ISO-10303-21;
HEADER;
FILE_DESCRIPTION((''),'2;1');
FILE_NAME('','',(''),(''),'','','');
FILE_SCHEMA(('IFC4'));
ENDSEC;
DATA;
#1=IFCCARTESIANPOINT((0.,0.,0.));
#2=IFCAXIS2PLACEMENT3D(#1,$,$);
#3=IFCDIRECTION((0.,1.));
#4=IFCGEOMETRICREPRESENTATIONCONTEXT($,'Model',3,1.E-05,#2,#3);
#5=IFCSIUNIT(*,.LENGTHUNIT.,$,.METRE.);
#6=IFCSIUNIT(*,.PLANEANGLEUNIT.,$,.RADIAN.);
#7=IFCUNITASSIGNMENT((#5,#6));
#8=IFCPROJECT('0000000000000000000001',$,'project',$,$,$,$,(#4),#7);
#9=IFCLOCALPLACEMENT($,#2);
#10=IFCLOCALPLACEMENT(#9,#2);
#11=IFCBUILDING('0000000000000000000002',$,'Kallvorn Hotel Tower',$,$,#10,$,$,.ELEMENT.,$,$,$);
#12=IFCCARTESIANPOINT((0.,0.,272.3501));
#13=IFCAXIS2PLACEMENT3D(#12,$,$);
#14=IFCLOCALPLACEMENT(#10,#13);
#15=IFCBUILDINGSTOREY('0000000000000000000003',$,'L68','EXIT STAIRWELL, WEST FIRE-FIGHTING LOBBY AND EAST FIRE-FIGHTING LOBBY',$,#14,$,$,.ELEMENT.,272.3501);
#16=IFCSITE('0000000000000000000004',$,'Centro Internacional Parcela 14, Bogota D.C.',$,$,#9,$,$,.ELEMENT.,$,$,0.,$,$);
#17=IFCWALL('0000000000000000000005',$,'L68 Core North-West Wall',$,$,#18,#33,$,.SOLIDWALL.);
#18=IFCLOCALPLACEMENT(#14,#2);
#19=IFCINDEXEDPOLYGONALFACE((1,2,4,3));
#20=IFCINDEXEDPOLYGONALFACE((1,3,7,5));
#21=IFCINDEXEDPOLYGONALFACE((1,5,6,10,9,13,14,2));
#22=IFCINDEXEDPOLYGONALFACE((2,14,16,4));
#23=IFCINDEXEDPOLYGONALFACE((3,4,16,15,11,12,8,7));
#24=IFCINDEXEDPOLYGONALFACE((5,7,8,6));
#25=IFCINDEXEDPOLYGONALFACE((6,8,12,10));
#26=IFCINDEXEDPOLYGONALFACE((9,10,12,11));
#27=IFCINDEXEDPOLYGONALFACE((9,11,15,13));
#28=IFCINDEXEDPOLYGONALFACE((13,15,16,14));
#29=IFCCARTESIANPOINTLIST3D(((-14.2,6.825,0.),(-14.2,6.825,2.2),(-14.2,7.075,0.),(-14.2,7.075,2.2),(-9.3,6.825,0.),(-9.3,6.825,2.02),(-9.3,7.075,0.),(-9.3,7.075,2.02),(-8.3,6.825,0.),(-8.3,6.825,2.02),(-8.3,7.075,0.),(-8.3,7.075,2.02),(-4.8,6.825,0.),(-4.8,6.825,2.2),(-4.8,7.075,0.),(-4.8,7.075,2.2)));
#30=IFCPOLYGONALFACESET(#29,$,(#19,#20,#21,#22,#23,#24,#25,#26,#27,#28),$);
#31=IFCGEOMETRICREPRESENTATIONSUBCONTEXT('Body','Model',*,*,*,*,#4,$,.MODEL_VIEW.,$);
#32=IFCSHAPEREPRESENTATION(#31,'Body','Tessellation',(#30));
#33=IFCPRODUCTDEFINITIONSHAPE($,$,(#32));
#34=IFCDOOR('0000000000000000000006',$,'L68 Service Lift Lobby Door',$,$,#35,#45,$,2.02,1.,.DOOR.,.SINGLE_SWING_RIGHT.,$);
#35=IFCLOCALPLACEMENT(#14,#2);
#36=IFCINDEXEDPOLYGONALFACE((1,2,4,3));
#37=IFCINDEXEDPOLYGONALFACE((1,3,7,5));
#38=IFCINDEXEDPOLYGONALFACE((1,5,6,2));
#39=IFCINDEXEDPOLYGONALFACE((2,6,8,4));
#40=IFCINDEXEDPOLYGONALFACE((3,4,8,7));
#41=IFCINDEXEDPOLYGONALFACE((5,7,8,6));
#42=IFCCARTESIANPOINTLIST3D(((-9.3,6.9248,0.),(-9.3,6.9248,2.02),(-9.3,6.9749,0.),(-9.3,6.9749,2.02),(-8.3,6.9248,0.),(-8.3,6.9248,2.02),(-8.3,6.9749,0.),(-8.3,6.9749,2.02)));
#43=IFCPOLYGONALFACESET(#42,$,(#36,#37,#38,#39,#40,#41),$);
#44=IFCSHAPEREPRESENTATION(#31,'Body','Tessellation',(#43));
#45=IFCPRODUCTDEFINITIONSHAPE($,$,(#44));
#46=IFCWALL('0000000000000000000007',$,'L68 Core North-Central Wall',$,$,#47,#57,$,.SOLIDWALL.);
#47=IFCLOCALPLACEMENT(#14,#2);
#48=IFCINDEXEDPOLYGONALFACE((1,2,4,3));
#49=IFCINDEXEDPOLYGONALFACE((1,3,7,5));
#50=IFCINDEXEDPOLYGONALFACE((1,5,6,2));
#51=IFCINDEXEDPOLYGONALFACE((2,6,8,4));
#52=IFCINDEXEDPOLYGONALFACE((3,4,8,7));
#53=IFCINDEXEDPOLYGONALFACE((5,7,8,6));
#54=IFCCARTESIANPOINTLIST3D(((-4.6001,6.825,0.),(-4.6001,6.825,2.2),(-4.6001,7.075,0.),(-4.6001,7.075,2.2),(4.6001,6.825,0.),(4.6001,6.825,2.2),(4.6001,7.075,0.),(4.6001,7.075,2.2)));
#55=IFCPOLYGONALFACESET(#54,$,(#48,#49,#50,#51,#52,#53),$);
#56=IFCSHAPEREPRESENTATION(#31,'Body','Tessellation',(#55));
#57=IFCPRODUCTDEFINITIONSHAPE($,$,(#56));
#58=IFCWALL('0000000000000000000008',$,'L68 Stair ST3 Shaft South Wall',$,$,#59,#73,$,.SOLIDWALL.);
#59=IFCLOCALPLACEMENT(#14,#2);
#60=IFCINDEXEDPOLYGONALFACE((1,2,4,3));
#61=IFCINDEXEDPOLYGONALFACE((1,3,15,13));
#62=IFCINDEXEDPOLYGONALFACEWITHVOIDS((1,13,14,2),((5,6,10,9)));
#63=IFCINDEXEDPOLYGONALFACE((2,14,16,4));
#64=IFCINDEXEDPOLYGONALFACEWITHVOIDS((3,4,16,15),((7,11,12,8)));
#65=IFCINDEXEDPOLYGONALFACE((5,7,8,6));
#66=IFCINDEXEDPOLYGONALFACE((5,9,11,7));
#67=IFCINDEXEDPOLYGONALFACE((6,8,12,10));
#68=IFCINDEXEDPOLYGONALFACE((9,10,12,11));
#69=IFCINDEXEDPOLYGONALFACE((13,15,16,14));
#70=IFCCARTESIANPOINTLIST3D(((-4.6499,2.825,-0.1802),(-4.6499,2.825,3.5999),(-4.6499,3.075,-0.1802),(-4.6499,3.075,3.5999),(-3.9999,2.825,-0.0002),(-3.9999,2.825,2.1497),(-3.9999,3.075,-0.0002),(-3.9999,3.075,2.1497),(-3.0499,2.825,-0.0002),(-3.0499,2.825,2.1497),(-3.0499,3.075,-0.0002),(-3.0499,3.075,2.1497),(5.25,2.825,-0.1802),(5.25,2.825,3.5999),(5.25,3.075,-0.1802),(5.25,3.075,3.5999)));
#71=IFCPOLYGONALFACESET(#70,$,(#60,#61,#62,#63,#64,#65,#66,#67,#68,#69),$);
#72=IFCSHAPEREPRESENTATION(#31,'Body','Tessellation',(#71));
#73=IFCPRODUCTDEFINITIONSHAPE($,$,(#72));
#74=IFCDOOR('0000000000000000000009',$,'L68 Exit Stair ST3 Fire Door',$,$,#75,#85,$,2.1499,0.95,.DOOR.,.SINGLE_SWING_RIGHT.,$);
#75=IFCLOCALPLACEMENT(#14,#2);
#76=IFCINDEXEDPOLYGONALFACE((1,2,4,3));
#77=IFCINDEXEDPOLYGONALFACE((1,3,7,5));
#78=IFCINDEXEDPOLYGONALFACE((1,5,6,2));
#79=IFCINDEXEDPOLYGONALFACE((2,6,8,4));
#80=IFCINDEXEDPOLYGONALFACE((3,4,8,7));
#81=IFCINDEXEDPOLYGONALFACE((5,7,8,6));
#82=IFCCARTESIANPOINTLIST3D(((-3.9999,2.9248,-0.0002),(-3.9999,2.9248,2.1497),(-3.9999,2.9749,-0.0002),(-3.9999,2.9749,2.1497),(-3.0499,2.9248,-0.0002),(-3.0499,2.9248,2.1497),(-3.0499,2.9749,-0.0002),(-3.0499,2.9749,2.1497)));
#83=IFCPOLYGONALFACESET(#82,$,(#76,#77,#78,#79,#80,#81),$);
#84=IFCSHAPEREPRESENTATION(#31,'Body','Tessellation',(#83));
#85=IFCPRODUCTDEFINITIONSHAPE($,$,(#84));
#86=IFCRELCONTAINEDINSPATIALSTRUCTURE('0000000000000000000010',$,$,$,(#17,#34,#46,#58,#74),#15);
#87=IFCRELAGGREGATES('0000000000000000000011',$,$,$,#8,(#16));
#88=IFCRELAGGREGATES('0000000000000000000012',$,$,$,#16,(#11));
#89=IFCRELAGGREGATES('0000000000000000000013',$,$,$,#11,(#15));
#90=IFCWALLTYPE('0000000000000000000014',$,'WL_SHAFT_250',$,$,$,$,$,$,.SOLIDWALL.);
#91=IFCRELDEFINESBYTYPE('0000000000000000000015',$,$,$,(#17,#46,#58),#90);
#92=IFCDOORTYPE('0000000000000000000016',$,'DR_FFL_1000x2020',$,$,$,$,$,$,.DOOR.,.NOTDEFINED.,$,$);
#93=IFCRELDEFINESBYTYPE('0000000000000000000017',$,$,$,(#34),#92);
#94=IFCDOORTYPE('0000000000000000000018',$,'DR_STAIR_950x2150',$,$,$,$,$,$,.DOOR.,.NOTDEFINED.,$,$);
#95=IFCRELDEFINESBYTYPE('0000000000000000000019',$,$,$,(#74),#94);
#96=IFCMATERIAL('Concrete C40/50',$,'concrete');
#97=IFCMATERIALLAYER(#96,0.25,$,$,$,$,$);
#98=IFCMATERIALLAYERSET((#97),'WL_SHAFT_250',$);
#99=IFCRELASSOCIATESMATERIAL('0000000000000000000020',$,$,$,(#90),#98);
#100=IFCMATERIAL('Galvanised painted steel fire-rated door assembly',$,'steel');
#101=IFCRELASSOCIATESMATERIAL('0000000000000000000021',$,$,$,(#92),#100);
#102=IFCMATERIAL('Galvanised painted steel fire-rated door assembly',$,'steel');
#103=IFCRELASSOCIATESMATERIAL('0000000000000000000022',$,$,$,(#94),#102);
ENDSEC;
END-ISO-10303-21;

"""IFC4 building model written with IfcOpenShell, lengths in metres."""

from ifc_helpers import new_model, si_unit, direction, frame, frame_2d, origin, place, context, subcontext, project, spatial, rectangle, extrude, material, layer, layer_set, type_object, element, fill, save


model = new_model("IFC4")

# Units and contexts
model_context = context("Model", 3, precision=1e-05, world=origin(), true_north=direction((0.0, 1.0)))
body_context = subcontext(model_context, "Body", "Model", "MODEL_VIEW")
ifc_project = project(units=[si_unit("LENGTHUNIT", "METRE"), si_unit("PLANEANGLEUNIT", "RADIAN")], contexts=[model_context])

# Site, building, storey
site_placement = place(None, origin())
site = spatial("IfcSite", under=ifc_project, at=site_placement, Name="Centro Internacional Parcela 14, Bogota D.C.", CompositionType="ELEMENT", RefElevation=0.0)
building_placement = place(site_placement, origin())
building = spatial("IfcBuilding", under=site, at=building_placement, Name="Kallvorn Hotel Tower", CompositionType="ELEMENT")
storey_placement = place(building_placement, frame((0.0, 0.0, 272.3501)))
storey = spatial("IfcBuildingStorey", under=building, at=storey_placement, Name="L68", Description="EXIT STAIRWELL, WEST FIRE-FIGHTING LOBBY AND EAST FIRE-FIGHTING LOBBY", CompositionType="ELEMENT", Elevation=272.3501)

# Wall, opening, door
ifc_material_1 = material(Name="Concrete C40/50", Category="concrete")
ifc_layer_1 = layer(ifc_material_1, 0.25)
ifc_layer_set_1 = layer_set([ifc_layer_1], Name="WL_SHAFT_250")
wall_type_1 = type_object("IfcWallType", Name="WL_SHAFT_250", PredefinedType="SOLIDWALL", material=ifc_layer_set_1)
wall_1_placement = place(storey_placement, frame((-14.2, 6.95, 0.0), z_axis=(0.0, 0.0, 1.0), x_axis=(1.0, 0.0, 0.0)))
wall_1 = element("IfcWall", 1, at=wall_1_placement, inside=storey, type_object=wall_type_1, Name="L68 Core North-West Wall", PredefinedType="SOLIDWALL", context=body_context, shape_type="SweptSolid", body=[
    extrude(rectangle(XDim=9.3999, YDim=0.25, at=frame_2d((4.7, 0.0))), origin(), (0.0, 0.0, 1.0), 2.2),
])
opening_1_placement = place(wall_1_placement, frame((4.8999, 0.0, 0.0)))
opening_1 = element("IfcOpeningElement", 2, at=opening_1_placement, cuts=wall_1, PredefinedType="OPENING", context=body_context, shape_type="SweptSolid", body=[
    extrude(rectangle(XDim=1.0, YDim=2.02, at=frame_2d((0.5, 1.01))), frame((0.0, 0.1399, 0.0), z_axis=(0.0, -1.0, 0.0), x_axis=(1.0, 0.0, 0.0)), (0.0, 0.0, 1.0), 0.28),
])
ifc_material_2 = material(Name="Galvanised painted steel fire-rated door assembly", Category="steel")
door_type_1 = type_object("IfcDoorType", Name="DR_FFL_1000x2020", OperationType="NOTDEFINED", PredefinedType="DOOR", material=ifc_material_2)
door_1_placement = place(opening_1_placement, origin())
door_1 = element("IfcDoor", 3, at=door_1_placement, inside=storey, type_object=door_type_1, Name="L68 Service Lift Lobby Door", OperationType="SINGLE_SWING_RIGHT", OverallHeight=2.02, OverallWidth=1.0, PredefinedType="DOOR", context=body_context, shape_type="SweptSolid", body=[
    extrude(rectangle(XDim=1.0, YDim=2.02, at=frame_2d((0.5, 1.01))), frame((0.0, 0.0249, 0.0), z_axis=(0.0, -1.0, 0.0), x_axis=(1.0, 0.0, 0.0)), (0.0, 0.0, 1.0), 0.05),
])
fill(opening_1, door_1)

# Wall
wall_2_placement = place(storey_placement, frame((-4.6001, 6.95, 0.0), z_axis=(0.0, 0.0, 1.0), x_axis=(1.0, 0.0, 0.0)))
element("IfcWall", 4, at=wall_2_placement, inside=storey, type_object=wall_type_1, Name="L68 Core North-Central Wall", PredefinedType="SOLIDWALL", context=body_context, shape_type="SweptSolid", body=[
    extrude(rectangle(XDim=9.2002, YDim=0.25, at=frame_2d((4.6001, 0.0))), origin(), (0.0, 0.0, 1.0), 2.2),
])

# Wall, opening, door
wall_3_placement = place(storey_placement, frame((-4.6499, 2.95, -0.1802), z_axis=(0.0, 0.0, 1.0), x_axis=(1.0, 0.0, 0.0)))
wall_3 = element("IfcWall", 5, at=wall_3_placement, inside=storey, type_object=wall_type_1, Name="L68 Stair ST3 Shaft South Wall", PredefinedType="SOLIDWALL", context=body_context, shape_type="SweptSolid", body=[
    extrude(rectangle(XDim=9.8999, YDim=0.25, at=frame_2d((4.95, 0.0))), origin(), (0.0, 0.0, 1.0), 3.78),
])
opening_2_placement = place(wall_3_placement, frame((0.6499, 0.0, 0.1799)))
opening_2 = element("IfcOpeningElement", 6, at=opening_2_placement, cuts=wall_3, PredefinedType="OPENING", context=body_context, shape_type="SweptSolid", body=[
    extrude(rectangle(XDim=0.95, YDim=2.1499, at=frame_2d((0.4751, 1.075))), frame((0.0, 0.1399, 0.0), z_axis=(0.0, -1.0, 0.0), x_axis=(1.0, 0.0, 0.0)), (0.0, 0.0, 1.0), 0.28),
])
ifc_material_3 = material(Name="Galvanised painted steel fire-rated door assembly", Category="steel")
door_type_2 = type_object("IfcDoorType", Name="DR_STAIR_950x2150", OperationType="NOTDEFINED", PredefinedType="DOOR", material=ifc_material_3)
door_2_placement = place(opening_2_placement, origin())
door_2 = element("IfcDoor", 7, at=door_2_placement, inside=storey, type_object=door_type_2, Name="L68 Exit Stair ST3 Fire Door", OperationType="SINGLE_SWING_RIGHT", OverallHeight=2.1499, OverallWidth=0.95, PredefinedType="DOOR", context=body_context, shape_type="SweptSolid", body=[
    extrude(rectangle(XDim=0.95, YDim=2.1499, at=frame_2d((0.4751, 1.075))), frame((0.0, 0.0249, 0.0), z_axis=(0.0, -1.0, 0.0), x_axis=(1.0, 0.0, 0.0)), (0.0, 0.0, 1.0), 0.05),
])
fill(opening_2, door_2)

save(model, "model.ifc")
